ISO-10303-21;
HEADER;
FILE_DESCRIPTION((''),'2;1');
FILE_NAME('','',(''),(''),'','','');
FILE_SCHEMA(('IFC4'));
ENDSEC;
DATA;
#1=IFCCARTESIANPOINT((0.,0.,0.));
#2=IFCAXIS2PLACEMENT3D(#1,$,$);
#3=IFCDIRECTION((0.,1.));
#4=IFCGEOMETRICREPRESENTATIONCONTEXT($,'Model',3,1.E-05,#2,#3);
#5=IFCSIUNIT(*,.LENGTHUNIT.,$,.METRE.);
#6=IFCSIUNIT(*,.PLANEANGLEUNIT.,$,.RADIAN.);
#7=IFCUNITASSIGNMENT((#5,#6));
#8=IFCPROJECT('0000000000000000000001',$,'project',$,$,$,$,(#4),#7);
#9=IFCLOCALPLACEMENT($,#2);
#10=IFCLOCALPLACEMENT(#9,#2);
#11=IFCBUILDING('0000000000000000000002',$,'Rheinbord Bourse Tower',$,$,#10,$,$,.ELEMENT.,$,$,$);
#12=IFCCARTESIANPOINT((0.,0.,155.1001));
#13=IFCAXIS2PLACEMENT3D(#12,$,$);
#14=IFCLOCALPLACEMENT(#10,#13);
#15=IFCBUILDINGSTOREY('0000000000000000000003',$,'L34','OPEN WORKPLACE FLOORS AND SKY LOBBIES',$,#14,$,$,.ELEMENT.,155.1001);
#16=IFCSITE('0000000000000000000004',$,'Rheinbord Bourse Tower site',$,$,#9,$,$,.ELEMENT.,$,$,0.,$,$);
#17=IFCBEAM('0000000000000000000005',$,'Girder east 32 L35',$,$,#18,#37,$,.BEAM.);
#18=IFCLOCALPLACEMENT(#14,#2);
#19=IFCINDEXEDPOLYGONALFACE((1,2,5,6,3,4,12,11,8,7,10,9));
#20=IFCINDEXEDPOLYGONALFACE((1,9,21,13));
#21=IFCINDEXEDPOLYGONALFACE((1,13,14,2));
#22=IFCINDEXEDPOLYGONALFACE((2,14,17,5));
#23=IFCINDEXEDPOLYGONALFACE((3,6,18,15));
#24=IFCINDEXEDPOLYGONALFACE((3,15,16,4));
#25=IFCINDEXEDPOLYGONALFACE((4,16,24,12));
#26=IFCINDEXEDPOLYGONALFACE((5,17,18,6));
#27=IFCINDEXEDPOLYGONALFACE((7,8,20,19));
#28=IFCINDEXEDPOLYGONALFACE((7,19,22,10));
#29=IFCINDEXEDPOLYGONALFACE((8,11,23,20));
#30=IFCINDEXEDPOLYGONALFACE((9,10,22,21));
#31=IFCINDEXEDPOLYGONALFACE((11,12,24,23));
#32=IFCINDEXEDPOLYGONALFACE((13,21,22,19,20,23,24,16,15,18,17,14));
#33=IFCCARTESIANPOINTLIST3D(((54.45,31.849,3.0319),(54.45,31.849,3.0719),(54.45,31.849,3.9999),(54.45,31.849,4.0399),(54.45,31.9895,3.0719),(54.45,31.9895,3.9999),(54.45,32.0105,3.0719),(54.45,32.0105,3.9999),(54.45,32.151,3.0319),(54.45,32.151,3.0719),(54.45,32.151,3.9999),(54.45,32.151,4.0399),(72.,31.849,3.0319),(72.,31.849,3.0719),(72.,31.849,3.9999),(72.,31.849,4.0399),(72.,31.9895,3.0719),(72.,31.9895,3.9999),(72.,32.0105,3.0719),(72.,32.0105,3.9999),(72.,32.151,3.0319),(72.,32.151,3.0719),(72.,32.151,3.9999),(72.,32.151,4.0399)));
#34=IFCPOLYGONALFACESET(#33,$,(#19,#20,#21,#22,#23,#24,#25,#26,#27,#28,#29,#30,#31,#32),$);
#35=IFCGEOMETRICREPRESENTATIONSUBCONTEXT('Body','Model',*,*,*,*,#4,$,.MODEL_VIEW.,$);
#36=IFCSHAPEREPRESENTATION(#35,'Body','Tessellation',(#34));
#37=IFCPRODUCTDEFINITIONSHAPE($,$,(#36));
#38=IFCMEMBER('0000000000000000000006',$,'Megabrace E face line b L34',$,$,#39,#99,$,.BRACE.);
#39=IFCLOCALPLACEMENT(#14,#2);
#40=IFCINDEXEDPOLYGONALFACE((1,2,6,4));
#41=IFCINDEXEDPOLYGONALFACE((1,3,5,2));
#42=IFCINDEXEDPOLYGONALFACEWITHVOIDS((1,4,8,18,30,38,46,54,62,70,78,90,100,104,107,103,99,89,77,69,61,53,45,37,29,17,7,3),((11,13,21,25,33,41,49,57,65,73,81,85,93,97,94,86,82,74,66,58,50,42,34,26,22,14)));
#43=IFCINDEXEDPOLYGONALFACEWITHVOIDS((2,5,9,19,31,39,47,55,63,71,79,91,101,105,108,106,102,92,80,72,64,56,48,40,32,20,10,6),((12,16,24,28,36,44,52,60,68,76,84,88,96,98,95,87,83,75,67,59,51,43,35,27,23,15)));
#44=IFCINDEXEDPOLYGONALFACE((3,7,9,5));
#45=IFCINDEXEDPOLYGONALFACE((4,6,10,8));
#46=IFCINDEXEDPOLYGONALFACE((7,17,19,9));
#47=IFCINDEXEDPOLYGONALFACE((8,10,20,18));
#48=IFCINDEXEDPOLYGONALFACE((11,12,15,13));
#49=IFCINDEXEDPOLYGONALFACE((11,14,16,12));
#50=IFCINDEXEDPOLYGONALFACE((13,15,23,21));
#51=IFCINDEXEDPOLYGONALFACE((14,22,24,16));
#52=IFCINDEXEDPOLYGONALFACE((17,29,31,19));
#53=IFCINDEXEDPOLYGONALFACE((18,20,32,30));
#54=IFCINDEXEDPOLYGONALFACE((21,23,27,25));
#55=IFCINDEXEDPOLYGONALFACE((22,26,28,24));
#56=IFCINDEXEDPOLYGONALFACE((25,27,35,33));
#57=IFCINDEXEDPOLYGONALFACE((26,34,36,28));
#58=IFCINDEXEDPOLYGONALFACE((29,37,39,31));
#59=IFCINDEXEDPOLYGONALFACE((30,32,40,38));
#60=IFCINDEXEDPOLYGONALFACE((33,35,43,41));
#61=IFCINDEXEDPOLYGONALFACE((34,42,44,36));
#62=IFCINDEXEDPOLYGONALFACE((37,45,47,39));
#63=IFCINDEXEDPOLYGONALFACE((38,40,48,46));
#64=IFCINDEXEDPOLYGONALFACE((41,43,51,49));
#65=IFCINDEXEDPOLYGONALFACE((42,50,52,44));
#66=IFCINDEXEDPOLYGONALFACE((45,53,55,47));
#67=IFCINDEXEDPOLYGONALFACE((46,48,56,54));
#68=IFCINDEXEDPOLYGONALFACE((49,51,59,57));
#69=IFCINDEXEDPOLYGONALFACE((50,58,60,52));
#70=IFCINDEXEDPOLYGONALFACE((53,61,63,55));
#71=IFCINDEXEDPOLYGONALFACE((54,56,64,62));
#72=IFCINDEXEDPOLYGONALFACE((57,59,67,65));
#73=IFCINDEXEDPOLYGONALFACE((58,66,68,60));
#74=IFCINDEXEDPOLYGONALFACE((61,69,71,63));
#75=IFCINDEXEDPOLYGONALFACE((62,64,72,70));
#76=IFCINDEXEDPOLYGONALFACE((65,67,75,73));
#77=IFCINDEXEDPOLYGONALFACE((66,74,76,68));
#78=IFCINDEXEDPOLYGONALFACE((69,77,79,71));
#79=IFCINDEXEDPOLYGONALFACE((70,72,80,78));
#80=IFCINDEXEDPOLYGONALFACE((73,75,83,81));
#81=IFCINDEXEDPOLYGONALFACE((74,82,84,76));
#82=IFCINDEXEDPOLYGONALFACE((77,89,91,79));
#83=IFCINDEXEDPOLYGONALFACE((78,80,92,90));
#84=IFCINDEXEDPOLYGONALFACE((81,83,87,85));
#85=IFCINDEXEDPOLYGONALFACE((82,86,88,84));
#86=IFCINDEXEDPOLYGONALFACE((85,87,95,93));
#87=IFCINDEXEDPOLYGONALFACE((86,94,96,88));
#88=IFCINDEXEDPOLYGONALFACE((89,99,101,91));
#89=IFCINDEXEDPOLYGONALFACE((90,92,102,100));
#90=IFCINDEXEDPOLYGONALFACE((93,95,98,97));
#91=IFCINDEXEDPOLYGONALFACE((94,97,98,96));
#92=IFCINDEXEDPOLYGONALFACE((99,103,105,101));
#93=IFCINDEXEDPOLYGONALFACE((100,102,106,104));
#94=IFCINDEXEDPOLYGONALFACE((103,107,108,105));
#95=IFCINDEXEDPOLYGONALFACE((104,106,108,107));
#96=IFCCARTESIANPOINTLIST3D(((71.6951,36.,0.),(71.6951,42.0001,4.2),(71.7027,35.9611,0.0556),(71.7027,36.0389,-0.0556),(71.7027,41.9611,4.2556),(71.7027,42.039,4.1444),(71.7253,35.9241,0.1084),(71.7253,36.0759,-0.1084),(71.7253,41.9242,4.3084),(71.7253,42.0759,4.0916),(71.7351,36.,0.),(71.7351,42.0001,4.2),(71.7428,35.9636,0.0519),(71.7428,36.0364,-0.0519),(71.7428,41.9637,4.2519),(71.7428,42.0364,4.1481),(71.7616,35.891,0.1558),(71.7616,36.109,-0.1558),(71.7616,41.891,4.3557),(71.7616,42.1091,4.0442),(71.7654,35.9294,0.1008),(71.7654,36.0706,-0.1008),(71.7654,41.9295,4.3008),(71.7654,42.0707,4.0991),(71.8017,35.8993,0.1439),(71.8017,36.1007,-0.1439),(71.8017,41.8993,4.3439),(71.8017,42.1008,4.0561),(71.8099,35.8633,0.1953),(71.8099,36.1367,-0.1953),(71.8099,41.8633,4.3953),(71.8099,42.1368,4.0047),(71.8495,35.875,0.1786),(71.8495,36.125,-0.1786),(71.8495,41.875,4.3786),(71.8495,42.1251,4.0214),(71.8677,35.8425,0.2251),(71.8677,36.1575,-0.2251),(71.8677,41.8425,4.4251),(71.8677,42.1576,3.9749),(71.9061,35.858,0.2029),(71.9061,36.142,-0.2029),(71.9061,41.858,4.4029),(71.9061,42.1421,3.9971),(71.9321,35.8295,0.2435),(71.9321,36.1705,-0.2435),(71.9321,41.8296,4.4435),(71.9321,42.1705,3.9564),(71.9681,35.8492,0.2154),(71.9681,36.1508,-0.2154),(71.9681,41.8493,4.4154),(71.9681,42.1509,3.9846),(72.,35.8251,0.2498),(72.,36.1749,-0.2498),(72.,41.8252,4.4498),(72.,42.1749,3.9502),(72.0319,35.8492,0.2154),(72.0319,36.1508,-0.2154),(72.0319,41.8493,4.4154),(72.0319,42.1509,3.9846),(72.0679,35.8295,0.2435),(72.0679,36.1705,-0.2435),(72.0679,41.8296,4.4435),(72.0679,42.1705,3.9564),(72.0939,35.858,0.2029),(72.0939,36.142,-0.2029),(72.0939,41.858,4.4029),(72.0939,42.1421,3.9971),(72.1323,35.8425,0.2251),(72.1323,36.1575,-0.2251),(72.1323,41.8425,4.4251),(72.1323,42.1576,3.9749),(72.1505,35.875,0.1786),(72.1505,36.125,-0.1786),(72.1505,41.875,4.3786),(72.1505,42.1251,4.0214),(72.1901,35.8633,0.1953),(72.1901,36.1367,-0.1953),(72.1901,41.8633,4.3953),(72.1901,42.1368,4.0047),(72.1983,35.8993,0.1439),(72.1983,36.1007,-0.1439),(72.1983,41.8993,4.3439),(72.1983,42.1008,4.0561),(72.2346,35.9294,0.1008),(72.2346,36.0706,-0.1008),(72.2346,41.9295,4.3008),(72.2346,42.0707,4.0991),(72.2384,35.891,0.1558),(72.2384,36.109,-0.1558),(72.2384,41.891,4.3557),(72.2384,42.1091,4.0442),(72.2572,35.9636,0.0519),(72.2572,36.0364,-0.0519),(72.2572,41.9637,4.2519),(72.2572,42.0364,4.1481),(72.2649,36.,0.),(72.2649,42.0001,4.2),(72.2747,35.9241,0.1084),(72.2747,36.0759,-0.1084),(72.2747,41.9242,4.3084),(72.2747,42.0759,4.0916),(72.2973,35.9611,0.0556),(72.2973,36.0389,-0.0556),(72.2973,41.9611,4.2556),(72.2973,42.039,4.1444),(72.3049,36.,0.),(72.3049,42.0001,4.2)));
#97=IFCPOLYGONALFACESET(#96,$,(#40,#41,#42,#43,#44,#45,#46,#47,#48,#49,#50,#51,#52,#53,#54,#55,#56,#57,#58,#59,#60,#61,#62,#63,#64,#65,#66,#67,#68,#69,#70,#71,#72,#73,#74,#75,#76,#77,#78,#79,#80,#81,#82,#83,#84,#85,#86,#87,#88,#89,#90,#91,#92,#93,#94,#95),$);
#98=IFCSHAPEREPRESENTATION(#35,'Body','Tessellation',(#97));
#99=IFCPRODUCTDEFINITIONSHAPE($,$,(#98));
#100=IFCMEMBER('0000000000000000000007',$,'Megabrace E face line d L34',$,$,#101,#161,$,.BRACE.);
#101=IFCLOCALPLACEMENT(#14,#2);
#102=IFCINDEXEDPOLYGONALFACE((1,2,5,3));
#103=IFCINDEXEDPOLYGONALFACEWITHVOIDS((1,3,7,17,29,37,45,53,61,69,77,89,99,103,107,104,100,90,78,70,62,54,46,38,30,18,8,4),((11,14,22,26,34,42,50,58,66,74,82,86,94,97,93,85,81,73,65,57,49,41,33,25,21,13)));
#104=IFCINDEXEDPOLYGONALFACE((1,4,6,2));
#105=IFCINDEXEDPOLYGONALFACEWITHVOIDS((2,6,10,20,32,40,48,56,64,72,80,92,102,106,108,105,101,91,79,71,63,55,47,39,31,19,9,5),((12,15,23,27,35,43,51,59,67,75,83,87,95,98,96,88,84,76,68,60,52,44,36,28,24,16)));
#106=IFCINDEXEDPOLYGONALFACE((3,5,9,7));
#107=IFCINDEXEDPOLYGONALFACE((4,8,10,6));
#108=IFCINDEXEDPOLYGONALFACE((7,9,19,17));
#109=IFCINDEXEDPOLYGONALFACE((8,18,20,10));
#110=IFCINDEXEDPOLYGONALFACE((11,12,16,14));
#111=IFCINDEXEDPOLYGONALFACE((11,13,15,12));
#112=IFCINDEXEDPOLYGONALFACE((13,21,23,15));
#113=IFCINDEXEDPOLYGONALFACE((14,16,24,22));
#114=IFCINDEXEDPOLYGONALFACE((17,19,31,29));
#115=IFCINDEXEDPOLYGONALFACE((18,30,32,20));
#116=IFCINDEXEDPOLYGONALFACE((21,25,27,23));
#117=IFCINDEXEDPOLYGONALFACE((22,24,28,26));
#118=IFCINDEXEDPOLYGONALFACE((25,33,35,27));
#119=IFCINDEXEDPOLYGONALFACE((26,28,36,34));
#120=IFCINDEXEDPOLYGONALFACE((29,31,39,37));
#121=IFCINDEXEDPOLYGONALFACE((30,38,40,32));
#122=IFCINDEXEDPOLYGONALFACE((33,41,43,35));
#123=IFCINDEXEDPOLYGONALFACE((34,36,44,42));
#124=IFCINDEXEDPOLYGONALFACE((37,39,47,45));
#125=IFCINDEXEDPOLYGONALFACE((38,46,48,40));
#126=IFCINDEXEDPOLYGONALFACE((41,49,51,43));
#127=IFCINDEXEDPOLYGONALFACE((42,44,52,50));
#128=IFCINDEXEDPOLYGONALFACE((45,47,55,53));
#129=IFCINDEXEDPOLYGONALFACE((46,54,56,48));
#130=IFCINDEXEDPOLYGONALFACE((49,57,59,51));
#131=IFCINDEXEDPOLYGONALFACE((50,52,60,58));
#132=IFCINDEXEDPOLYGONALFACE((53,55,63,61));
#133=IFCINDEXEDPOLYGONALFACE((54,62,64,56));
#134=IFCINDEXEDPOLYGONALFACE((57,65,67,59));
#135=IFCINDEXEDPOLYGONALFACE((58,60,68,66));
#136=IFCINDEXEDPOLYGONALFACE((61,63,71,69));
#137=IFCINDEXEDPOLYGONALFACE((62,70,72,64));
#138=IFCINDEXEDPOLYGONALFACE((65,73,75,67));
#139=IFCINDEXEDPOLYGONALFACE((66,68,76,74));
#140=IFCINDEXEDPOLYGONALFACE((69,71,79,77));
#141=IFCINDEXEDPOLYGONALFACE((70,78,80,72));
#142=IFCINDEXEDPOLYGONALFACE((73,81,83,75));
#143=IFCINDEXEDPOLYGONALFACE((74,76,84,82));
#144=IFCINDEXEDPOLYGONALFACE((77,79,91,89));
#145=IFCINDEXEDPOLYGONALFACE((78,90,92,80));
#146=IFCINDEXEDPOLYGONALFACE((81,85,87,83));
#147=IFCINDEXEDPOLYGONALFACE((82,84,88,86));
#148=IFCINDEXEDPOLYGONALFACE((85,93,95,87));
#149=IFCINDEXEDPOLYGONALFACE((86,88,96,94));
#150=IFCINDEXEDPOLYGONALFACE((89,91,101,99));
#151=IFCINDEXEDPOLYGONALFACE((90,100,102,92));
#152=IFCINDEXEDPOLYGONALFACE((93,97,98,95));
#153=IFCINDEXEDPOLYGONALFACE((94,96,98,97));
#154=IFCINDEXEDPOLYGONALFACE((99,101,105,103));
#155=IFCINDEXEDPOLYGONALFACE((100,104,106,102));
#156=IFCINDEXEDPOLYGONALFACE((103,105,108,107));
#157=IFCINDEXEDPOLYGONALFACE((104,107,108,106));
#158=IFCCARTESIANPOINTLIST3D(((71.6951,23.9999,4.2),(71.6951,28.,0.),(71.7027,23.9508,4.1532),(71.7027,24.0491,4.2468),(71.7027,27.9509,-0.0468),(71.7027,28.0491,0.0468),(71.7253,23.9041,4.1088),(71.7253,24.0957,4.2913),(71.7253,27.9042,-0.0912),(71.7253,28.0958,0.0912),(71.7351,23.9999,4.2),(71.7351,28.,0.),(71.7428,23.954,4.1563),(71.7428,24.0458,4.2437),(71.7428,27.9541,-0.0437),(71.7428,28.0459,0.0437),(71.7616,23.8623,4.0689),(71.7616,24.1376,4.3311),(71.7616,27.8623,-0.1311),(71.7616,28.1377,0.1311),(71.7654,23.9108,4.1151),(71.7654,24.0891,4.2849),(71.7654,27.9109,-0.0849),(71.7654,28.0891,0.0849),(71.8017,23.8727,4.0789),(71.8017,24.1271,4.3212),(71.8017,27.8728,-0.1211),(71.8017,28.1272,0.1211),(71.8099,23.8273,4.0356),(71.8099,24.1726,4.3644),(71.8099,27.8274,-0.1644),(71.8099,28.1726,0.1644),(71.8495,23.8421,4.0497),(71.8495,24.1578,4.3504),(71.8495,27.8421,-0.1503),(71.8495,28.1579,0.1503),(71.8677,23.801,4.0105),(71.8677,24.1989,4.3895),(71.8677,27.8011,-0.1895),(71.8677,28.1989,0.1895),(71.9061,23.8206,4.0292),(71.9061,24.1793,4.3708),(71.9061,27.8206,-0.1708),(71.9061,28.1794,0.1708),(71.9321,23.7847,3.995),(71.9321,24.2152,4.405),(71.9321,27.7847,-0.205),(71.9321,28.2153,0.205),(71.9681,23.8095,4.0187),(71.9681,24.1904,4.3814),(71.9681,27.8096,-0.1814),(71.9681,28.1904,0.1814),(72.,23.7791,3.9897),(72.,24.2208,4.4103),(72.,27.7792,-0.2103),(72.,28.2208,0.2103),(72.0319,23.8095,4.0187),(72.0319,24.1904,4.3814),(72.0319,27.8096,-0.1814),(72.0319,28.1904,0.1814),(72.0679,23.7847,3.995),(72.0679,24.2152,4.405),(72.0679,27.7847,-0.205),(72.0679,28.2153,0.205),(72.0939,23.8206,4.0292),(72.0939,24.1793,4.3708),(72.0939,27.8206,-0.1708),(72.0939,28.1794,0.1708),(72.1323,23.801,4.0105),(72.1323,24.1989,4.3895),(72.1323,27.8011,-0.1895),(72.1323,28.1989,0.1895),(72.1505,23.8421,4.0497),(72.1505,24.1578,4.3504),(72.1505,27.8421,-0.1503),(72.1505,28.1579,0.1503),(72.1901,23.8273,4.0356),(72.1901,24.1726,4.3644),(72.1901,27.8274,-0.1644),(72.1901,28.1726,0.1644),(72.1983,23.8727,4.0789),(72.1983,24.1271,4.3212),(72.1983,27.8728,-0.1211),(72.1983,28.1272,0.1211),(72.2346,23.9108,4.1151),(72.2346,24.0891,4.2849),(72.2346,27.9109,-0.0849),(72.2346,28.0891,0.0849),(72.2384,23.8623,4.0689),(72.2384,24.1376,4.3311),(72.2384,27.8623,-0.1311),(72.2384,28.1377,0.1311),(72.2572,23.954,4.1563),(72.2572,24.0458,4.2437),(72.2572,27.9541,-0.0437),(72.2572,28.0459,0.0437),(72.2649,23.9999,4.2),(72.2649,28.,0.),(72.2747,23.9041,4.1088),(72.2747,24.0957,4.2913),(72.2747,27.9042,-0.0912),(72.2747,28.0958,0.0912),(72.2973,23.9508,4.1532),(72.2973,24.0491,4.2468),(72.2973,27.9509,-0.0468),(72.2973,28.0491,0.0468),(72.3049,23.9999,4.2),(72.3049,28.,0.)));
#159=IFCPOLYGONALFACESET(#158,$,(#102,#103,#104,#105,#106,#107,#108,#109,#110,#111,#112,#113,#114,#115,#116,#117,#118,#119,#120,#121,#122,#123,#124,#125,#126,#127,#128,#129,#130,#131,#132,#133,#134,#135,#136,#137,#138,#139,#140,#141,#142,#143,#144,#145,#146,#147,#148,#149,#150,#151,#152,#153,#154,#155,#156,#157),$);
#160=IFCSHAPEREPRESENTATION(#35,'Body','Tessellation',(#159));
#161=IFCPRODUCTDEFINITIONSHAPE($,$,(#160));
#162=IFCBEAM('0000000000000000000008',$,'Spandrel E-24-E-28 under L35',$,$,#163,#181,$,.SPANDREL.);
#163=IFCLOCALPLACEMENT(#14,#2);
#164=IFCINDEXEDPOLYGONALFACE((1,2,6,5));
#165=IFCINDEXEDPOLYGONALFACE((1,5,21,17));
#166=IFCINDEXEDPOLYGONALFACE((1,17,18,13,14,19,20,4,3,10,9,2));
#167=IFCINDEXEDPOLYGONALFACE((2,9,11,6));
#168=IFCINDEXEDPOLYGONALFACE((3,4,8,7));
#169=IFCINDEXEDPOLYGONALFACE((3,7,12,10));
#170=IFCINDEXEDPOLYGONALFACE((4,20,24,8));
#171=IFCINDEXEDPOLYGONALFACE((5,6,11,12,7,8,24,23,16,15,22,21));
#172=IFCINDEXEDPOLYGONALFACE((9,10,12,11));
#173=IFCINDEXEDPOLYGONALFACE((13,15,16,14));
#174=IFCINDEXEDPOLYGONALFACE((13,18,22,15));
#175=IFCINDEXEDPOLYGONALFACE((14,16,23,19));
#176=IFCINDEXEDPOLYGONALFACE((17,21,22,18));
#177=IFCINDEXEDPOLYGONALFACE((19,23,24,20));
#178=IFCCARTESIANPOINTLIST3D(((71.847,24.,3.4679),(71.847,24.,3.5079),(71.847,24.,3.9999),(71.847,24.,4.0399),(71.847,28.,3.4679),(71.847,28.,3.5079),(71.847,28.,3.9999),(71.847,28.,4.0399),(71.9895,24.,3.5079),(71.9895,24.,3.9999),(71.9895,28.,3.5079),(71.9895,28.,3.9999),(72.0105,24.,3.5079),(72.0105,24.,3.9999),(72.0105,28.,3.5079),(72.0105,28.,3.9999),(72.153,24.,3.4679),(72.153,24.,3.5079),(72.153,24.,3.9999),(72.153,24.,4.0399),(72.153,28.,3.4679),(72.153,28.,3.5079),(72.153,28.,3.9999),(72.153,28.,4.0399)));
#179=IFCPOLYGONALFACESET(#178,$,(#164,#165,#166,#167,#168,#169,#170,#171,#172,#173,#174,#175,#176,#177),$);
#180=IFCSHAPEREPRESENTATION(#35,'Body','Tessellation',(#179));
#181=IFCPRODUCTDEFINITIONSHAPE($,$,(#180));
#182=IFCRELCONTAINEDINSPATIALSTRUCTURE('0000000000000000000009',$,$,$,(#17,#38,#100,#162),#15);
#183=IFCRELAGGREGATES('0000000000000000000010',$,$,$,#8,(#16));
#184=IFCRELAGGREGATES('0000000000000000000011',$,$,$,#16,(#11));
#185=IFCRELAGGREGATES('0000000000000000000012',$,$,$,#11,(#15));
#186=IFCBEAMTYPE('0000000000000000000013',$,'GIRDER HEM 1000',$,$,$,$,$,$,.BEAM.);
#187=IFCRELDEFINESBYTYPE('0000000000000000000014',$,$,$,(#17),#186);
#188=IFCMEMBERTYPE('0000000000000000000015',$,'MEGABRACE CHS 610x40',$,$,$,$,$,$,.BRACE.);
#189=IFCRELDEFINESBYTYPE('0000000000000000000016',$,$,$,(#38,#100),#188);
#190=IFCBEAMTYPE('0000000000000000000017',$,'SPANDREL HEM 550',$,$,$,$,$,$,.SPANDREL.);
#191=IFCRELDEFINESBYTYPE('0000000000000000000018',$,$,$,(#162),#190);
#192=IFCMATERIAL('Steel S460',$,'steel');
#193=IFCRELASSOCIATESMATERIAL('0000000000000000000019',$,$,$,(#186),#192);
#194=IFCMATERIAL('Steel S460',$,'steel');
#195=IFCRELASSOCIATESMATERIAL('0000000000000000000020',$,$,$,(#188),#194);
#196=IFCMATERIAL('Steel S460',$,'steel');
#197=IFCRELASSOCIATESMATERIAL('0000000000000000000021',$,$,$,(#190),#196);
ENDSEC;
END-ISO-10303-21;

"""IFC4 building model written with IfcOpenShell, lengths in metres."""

from ifc_helpers import new_model, si_unit, direction, frame, origin, origin_2d, place, context, subcontext, project, spatial, hollow_circle, i_section, extrude, material, material_profile, profile_set, type_object, element, save


model = new_model("IFC4")

# Units and contexts
model_context = context("Model", 3, precision=1e-05, world=origin(), true_north=direction((0.0, 1.0)))
body_context = subcontext(model_context, "Body", "Model", "MODEL_VIEW")
ifc_project = project(units=[si_unit("LENGTHUNIT", "METRE"), si_unit("PLANEANGLEUNIT", "RADIAN")], contexts=[model_context])

# Site, building, storey
site_placement = place(None, origin())
site = spatial("IfcSite", under=ifc_project, at=site_placement, Name="Rheinbord Bourse Tower site", CompositionType="ELEMENT", RefElevation=0.0)
building_placement = place(site_placement, origin())
building = spatial("IfcBuilding", under=site, at=building_placement, Name="Rheinbord Bourse Tower", CompositionType="ELEMENT")
storey_placement = place(building_placement, frame((0.0, 0.0, 155.1001)))
storey = spatial("IfcBuildingStorey", under=building, at=storey_placement, Name="L34", Description="OPEN WORKPLACE FLOORS AND SKY LOBBIES", CompositionType="ELEMENT", Elevation=155.1001)

# Beam
ifc_material_1 = material(Name="Steel S460", Category="steel")
ifc_material_profile_1 = material_profile(ifc_material_1, i_section(OverallWidth=0.302, OverallDepth=1.0081, WebThickness=0.021, FlangeThickness=0.04, at=origin_2d()), Name="HEM 1000")
ifc_profile_set_1 = profile_set([ifc_material_profile_1], Name="Steel S460")
beam_type_1 = type_object("IfcBeamType", Name="GIRDER HEM 1000", PredefinedType="BEAM", material=ifc_profile_set_1)
beam_1_placement = place(storey_placement, frame((54.45, 32.0, 3.5359), z_axis=(1.0, 0.0, 0.0), x_axis=(0.0, 1.0, 0.0)))
element("IfcBeam", 1, at=beam_1_placement, inside=storey, type_object=beam_type_1, Name="Girder east 32 L35", PredefinedType="BEAM", context=body_context, shape_type="SweptSolid", body=[
    extrude(i_section(OverallWidth=0.302, OverallDepth=1.0081, WebThickness=0.021, FlangeThickness=0.04, at=origin_2d()), origin(), (0.0, 0.0, 1.0), 17.55),
])

# Members
ifc_material_2 = material(Name="Steel S460", Category="steel")
ifc_material_profile_2 = material_profile(ifc_material_2, hollow_circle(Radius=0.3049, WallThickness=0.04, at=origin_2d()), Name="CHS 610x40")
ifc_profile_set_2 = profile_set([ifc_material_profile_2], Name="Steel S460")
member_type_1 = type_object("IfcMemberType", Name="MEGABRACE CHS 610x40", PredefinedType="BRACE", material=ifc_profile_set_2)
member_1_placement = place(storey_placement, frame((72.0, 36.0, 0.0), z_axis=(0.0, 0.819235, 0.573458), x_axis=(-1.0, 0.0, 0.0)))
element("IfcMember", 2, at=member_1_placement, inside=storey, type_object=member_type_1, Name="Megabrace E face line b L34", PredefinedType="BRACE", context=body_context, shape_type="SweptSolid", body=[
    extrude(hollow_circle(Radius=0.3049, WallThickness=0.04, at=origin_2d()), origin(), (0.0, 0.0, 1.0), 7.324),
])
member_2_placement = place(storey_placement, frame((72.0, 28.0, 0.0), z_axis=(0.0, -0.689659, 0.724134), x_axis=(1.0, 0.0, 0.0)))
element("IfcMember", 3, at=member_2_placement, inside=storey, type_object=member_type_1, Name="Megabrace E face line d L34", PredefinedType="BRACE", context=body_context, shape_type="SweptSolid", body=[
    extrude(hollow_circle(Radius=0.3049, WallThickness=0.04, at=origin_2d()), origin(), (0.0, 0.0, 1.0), 5.8),
])

# Beam
ifc_material_3 = material(Name="Steel S460", Category="steel")
ifc_material_profile_3 = material_profile(ifc_material_3, i_section(OverallWidth=0.3059, OverallDepth=0.572, WebThickness=0.021, FlangeThickness=0.04, at=origin_2d()), Name="HEM 550")
ifc_profile_set_3 = profile_set([ifc_material_profile_3], Name="Steel S460")
beam_type_2 = type_object("IfcBeamType", Name="SPANDREL HEM 550", PredefinedType="SPANDREL", material=ifc_profile_set_3)
for number, where, z_axis, x_axis, name in (
    (4, (72.0, 24.0, 3.7539), (0.0, 1.0, 0.0), (-1.0, 0.0, 0.0), "Spandrel E-24-E-28 under L35"),
):
    element("IfcBeam", number, at=place(storey_placement, frame(where, z_axis=z_axis, x_axis=x_axis)), inside=storey, type_object=beam_type_2, Name=name, PredefinedType="SPANDREL", context=body_context, shape_type="SweptSolid", body=[
        extrude(i_section(OverallWidth=0.3059, OverallDepth=0.572, WebThickness=0.021, FlangeThickness=0.04, at=origin_2d()), origin(), (0.0, 0.0, 1.0), 4.0),
    ])

save(model, "model.ifc")
